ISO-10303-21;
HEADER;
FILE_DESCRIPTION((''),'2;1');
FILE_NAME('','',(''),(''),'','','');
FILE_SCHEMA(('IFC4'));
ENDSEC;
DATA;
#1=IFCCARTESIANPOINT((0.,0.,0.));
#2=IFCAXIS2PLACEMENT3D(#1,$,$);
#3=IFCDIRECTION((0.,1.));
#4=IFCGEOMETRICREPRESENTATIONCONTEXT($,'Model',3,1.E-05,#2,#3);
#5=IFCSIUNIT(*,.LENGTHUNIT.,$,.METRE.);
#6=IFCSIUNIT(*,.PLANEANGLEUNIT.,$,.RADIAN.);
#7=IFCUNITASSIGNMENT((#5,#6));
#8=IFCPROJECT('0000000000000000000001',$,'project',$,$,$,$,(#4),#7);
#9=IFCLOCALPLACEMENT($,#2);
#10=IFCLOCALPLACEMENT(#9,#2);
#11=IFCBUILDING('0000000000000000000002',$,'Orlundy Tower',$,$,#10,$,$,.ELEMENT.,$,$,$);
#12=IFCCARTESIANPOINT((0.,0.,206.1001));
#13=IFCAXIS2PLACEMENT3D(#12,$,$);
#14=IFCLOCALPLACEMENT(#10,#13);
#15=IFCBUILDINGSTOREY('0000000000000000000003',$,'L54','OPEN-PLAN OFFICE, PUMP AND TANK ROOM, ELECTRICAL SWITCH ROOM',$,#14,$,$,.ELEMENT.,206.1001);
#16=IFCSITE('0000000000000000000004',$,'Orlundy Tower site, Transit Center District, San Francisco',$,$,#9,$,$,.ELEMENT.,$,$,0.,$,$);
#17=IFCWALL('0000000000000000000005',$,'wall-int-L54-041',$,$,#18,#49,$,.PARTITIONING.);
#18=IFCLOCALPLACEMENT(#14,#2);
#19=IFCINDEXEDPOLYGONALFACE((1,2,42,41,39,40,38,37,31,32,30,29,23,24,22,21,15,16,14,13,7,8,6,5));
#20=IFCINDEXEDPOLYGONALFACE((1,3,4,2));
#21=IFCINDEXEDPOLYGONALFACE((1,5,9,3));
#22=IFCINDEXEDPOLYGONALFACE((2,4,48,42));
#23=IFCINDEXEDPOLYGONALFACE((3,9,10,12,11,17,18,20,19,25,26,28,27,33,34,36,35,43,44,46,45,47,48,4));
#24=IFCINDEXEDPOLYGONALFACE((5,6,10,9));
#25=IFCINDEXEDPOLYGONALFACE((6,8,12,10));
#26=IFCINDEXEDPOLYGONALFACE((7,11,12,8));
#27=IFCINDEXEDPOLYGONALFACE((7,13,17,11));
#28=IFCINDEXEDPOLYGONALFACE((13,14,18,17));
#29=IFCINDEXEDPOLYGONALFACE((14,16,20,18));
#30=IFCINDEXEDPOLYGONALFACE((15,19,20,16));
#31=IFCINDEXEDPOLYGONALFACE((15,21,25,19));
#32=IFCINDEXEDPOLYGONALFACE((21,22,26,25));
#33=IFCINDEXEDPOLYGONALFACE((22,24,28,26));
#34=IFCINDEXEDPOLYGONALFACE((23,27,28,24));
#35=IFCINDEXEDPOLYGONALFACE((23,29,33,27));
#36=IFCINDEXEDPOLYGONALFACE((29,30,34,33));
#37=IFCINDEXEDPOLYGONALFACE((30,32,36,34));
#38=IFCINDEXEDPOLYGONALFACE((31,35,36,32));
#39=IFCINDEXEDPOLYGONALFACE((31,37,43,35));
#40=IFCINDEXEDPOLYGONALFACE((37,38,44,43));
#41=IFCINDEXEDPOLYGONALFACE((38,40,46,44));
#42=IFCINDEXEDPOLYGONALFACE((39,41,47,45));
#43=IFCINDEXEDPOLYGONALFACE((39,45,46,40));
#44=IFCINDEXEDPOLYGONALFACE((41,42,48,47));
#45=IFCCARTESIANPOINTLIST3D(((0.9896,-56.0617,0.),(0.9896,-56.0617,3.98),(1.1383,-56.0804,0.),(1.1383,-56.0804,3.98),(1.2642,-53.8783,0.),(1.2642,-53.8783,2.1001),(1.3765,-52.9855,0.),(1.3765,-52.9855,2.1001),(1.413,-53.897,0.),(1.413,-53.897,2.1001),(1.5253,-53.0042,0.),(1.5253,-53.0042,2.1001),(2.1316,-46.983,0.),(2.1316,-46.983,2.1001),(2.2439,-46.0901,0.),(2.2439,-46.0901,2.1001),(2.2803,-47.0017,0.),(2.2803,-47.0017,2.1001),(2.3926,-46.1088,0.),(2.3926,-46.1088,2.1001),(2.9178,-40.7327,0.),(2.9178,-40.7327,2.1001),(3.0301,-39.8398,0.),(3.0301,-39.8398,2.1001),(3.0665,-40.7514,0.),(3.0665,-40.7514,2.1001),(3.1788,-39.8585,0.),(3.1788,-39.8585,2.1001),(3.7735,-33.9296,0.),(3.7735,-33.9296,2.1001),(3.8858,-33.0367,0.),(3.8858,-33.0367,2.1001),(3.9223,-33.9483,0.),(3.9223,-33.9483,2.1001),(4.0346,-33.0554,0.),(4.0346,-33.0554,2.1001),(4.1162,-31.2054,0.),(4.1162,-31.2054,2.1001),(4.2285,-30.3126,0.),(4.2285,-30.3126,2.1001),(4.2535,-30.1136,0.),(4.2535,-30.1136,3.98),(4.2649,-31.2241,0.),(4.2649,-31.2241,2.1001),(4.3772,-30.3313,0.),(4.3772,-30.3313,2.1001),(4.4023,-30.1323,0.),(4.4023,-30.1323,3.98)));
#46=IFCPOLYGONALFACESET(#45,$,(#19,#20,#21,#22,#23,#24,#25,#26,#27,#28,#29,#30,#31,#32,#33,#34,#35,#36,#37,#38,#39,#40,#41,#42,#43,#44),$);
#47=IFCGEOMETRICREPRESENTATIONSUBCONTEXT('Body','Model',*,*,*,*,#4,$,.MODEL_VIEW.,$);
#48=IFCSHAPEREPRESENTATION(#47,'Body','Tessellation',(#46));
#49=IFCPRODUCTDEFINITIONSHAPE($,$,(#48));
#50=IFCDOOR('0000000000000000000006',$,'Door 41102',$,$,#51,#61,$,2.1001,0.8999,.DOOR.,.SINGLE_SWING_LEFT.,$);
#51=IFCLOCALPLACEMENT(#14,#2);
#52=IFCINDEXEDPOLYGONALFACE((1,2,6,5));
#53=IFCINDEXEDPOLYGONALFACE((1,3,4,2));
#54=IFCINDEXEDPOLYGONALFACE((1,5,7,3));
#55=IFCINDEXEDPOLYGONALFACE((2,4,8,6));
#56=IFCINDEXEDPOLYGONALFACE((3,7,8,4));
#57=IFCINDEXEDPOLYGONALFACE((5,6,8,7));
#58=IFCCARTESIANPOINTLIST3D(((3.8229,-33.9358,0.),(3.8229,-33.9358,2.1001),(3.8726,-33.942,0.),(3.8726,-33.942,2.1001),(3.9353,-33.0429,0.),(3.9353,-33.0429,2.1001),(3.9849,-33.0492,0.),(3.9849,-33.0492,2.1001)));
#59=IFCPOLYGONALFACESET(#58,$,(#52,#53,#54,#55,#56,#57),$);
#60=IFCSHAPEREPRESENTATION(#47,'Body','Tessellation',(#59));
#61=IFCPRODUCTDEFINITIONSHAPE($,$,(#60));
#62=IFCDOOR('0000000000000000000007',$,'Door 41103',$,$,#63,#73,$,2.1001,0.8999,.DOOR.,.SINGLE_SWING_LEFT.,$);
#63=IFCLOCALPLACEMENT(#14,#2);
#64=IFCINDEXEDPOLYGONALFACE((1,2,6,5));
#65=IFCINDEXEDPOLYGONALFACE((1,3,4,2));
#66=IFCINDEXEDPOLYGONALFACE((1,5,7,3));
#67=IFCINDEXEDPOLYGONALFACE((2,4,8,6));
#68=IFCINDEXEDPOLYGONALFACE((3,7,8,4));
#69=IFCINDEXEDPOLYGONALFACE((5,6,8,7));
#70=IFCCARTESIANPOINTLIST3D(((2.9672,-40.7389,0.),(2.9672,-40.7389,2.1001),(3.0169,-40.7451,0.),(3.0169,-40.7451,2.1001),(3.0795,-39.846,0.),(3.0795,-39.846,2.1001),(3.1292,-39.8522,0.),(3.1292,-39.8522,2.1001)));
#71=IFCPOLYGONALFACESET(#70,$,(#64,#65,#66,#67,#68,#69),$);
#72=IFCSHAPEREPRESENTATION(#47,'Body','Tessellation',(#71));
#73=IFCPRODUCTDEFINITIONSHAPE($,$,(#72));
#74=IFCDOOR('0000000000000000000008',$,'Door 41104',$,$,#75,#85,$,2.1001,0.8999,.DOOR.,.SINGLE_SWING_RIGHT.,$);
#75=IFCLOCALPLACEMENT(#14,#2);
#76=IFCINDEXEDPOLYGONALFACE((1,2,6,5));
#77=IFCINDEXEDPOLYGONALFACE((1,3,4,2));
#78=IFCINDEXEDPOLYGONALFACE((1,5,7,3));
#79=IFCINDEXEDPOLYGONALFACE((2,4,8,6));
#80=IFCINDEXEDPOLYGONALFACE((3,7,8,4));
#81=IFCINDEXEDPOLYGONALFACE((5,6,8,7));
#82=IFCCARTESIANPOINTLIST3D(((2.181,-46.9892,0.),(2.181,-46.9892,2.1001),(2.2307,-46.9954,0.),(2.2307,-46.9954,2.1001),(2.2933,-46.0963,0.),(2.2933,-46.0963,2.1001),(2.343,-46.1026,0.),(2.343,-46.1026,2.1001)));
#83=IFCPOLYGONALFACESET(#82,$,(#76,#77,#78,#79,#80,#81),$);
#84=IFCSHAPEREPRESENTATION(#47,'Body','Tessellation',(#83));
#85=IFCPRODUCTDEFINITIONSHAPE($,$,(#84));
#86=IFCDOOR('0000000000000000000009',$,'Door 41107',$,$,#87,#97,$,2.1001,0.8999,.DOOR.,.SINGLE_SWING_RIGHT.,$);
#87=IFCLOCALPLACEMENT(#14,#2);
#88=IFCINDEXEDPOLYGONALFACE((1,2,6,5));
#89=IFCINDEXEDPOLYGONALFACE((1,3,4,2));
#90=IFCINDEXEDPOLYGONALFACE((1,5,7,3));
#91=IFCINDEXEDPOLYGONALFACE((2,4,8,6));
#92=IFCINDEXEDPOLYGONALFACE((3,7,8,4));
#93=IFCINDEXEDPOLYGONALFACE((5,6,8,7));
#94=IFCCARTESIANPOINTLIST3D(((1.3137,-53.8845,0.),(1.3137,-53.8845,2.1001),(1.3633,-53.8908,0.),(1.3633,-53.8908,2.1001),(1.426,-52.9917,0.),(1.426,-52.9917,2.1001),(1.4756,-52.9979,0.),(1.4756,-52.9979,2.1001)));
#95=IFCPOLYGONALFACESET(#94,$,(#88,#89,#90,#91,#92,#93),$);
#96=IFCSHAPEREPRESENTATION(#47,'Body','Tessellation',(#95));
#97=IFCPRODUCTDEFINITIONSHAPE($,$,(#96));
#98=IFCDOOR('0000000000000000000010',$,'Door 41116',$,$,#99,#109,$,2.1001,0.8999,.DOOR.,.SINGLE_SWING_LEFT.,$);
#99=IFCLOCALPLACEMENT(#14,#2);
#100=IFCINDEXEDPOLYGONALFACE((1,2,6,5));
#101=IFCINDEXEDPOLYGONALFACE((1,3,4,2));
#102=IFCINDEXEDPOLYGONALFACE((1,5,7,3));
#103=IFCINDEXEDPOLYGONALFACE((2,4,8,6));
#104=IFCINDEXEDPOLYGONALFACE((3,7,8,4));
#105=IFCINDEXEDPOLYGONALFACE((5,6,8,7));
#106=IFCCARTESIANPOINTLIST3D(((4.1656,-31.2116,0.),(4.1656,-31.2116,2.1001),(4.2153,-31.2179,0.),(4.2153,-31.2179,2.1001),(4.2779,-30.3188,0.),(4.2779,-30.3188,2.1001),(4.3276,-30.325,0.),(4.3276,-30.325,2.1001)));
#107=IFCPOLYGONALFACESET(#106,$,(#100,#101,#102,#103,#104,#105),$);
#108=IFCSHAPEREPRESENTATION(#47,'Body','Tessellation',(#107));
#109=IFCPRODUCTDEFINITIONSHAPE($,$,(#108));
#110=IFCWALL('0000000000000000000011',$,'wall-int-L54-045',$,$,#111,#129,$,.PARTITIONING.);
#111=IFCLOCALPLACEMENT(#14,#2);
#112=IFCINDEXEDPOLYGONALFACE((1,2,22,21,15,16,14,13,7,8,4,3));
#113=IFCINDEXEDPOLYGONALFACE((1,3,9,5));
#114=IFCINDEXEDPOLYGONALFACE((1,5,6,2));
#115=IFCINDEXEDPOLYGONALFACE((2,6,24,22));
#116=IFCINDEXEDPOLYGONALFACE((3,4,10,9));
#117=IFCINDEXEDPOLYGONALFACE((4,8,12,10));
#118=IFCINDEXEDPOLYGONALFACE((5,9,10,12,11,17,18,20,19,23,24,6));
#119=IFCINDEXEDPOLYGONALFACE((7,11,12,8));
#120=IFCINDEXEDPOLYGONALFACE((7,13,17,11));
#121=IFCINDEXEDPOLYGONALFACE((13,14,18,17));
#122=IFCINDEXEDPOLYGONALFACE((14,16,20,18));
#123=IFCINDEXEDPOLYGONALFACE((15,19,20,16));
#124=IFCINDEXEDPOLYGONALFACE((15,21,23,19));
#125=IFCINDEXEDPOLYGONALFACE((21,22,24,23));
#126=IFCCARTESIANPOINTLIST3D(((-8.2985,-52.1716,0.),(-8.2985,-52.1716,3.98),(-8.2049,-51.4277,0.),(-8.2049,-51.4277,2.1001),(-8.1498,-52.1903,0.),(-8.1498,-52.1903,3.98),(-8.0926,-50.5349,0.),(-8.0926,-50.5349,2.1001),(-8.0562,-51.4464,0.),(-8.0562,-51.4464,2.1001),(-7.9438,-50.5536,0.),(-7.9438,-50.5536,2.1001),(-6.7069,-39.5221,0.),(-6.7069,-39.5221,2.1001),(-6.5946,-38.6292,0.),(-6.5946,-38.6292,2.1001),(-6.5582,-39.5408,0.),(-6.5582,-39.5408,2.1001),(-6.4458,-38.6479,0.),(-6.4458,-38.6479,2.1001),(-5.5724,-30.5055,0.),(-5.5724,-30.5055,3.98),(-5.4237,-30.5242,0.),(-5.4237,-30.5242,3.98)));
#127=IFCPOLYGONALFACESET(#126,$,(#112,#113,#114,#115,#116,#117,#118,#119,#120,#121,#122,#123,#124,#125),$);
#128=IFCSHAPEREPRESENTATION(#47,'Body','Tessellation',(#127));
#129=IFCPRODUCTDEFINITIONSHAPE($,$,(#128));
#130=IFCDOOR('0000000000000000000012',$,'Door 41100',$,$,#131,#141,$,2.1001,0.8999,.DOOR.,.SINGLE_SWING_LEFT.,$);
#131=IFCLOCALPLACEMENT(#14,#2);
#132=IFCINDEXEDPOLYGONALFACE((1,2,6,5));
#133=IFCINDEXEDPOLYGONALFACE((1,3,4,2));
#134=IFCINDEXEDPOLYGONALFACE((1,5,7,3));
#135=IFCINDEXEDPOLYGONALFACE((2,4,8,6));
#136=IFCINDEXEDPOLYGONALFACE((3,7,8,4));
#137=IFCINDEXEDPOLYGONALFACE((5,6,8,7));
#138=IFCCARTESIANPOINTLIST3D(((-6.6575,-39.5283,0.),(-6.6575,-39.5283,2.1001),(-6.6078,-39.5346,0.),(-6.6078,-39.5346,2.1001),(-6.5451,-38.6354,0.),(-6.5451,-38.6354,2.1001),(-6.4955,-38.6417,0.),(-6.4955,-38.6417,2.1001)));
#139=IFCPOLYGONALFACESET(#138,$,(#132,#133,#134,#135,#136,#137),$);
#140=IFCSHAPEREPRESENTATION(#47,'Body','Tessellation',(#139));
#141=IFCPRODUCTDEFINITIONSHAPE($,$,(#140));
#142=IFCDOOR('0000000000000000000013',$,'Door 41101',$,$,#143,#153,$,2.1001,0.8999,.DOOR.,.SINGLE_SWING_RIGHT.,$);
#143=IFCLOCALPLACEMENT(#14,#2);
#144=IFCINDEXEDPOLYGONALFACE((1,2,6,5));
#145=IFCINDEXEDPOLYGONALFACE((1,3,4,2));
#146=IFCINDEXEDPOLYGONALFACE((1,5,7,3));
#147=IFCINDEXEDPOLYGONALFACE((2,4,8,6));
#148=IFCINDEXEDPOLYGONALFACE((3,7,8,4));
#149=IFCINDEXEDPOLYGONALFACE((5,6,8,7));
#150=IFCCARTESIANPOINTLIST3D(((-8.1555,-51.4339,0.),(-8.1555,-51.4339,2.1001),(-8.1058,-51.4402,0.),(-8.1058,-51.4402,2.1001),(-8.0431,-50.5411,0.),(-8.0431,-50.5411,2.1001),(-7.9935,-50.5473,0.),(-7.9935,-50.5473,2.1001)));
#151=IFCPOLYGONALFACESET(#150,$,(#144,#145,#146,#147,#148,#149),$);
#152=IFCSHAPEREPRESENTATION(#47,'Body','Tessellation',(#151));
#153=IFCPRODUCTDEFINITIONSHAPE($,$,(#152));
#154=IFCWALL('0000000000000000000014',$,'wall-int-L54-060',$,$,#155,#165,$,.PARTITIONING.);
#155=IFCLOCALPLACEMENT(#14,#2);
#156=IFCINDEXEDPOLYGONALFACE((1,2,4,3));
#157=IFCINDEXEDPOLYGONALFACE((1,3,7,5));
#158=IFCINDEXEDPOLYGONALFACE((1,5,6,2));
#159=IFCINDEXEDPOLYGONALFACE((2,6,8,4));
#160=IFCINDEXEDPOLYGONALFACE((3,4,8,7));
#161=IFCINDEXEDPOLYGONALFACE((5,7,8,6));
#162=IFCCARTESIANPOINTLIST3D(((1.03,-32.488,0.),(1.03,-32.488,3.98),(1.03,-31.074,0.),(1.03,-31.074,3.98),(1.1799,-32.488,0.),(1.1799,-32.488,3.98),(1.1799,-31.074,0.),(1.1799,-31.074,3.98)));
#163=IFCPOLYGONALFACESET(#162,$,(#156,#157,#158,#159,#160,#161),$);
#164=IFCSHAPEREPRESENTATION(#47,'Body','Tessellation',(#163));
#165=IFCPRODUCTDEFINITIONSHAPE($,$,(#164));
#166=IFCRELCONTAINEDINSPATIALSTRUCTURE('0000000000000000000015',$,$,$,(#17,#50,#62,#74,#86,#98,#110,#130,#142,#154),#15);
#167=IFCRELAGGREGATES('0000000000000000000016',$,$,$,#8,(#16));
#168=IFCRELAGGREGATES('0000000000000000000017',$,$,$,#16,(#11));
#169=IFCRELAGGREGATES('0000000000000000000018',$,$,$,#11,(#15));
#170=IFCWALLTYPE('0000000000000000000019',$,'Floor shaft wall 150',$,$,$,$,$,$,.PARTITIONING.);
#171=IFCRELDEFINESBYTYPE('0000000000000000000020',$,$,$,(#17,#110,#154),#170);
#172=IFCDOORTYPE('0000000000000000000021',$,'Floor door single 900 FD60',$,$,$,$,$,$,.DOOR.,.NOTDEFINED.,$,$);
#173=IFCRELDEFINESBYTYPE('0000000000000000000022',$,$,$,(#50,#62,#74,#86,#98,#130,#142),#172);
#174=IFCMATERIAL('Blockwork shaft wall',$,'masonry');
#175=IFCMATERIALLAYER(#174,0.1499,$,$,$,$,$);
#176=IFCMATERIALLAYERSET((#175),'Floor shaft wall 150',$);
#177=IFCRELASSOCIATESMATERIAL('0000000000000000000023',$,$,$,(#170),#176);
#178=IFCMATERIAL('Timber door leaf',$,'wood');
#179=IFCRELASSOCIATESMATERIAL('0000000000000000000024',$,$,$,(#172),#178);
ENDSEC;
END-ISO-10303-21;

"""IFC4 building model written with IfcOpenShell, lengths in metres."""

from ifc_helpers import new_model, si_unit, direction, frame, frame_2d, origin, place, context, subcontext, project, spatial, rectangle, extrude, material, layer, layer_set, type_object, element, fill, save


model = new_model("IFC4")

# Units and contexts
model_context = context("Model", 3, precision=1e-05, world=origin(), true_north=direction((0.0, 1.0)))
body_context = subcontext(model_context, "Body", "Model", "MODEL_VIEW")
ifc_project = project(units=[si_unit("LENGTHUNIT", "METRE"), si_unit("PLANEANGLEUNIT", "RADIAN")], contexts=[model_context])

# Site, building, storey
site_placement = place(None, origin())
site = spatial("IfcSite", under=ifc_project, at=site_placement, Name="Orlundy Tower site, Transit Center District, San Francisco", CompositionType="ELEMENT", RefElevation=0.0)
building_placement = place(site_placement, origin())
building = spatial("IfcBuilding", under=site, at=building_placement, Name="Orlundy Tower", CompositionType="ELEMENT")
storey_placement = place(building_placement, frame((0.0, 0.0, 206.1001)))
storey = spatial("IfcBuildingStorey", under=building, at=storey_placement, Name="L54", Description="OPEN-PLAN OFFICE, PUMP AND TANK ROOM, ELECTRICAL SWITCH ROOM", CompositionType="ELEMENT", Elevation=206.1001)

# Shared definitions
ifc_material_1 = material(Name="Blockwork shaft wall", Category="masonry")
ifc_layer = layer(ifc_material_1, 0.1499)
ifc_layer_set = layer_set([ifc_layer], Name="Floor shaft wall 150")
wall_type = type_object("IfcWallType", Name="Floor shaft wall 150", PredefinedType="PARTITIONING", material=ifc_layer_set)

# Walls, openings, doors
wall_1_placement = place(storey_placement, frame((4.3279, -30.123, 0.0), z_axis=(0.0, 0.0, 1.0), x_axis=(-0.124803, -0.992181, 0.0)))
wall_1 = element("IfcWall", 1, at=wall_1_placement, inside=storey, type_object=wall_type, Name="wall-int-L54-041", PredefinedType="PARTITIONING", context=body_context, shape_type="SweptSolid", body=[
    extrude(rectangle(XDim=26.1526, YDim=0.1499, at=frame_2d((13.0762, 0.0))), origin(), (0.0, 0.0, 1.0), 3.98),
])
opening_1_placement = place(wall_1_placement, frame((2.946, 0.0, 0.0)))
opening_1 = element("IfcOpeningElement", 2, at=opening_1_placement, cuts=wall_1, PredefinedType="OPENING", context=body_context, shape_type="SweptSolid", body=[
    extrude(rectangle(XDim=0.8999, YDim=2.1001, at=frame_2d((0.45, 1.05))), frame((0.0, 0.085, 0.0), z_axis=(0.0, -1.0, 0.0), x_axis=(1.0, 0.0, 0.0)), (0.0, 0.0, 1.0), 0.1699),
])
opening_2_placement = place(wall_1_placement, frame((9.8027, 0.0, 0.0)))
opening_2 = element("IfcOpeningElement", 3, at=opening_2_placement, cuts=wall_1, PredefinedType="OPENING", context=body_context, shape_type="SweptSolid", body=[
    extrude(rectangle(XDim=0.8999, YDim=2.1001, at=frame_2d((0.45, 1.05))), frame((0.0, 0.085, 0.0), z_axis=(0.0, -1.0, 0.0), x_axis=(1.0, 0.0, 0.0)), (0.0, 0.0, 1.0), 0.1699),
])
opening_3_placement = place(wall_1_placement, frame((16.1023, 0.0, 0.0)))
opening_3 = element("IfcOpeningElement", 4, at=opening_3_placement, cuts=wall_1, PredefinedType="OPENING", context=body_context, shape_type="SweptSolid", body=[
    extrude(rectangle(XDim=0.8999, YDim=2.1001, at=frame_2d((0.45, 1.05))), frame((0.0, 0.085, 0.0), z_axis=(0.0, -1.0, 0.0), x_axis=(1.0, 0.0, 0.0)), (0.0, 0.0, 1.0), 0.1699),
])
opening_4_placement = place(wall_1_placement, frame((23.052, 0.0, 0.0)))
opening_4 = element("IfcOpeningElement", 5, at=opening_4_placement, cuts=wall_1, PredefinedType="OPENING", context=body_context, shape_type="SweptSolid", body=[
    extrude(rectangle(XDim=0.8999, YDim=2.1001, at=frame_2d((0.45, 1.05))), frame((0.0, 0.085, 0.0), z_axis=(0.0, -1.0, 0.0), x_axis=(1.0, 0.0, 0.0)), (0.0, 0.0, 1.0), 0.1699),
])
opening_5_placement = place(wall_1_placement, frame((0.2004, 0.0, 0.0)))
opening_5 = element("IfcOpeningElement", 6, at=opening_5_placement, cuts=wall_1, PredefinedType="OPENING", context=body_context, shape_type="SweptSolid", body=[
    extrude(rectangle(XDim=0.8999, YDim=2.1001, at=frame_2d((0.45, 1.05))), frame((0.0, 0.085, 0.0), z_axis=(0.0, -1.0, 0.0), x_axis=(1.0, 0.0, 0.0)), (0.0, 0.0, 1.0), 0.1699),
])
ifc_material_2 = material(Name="Timber door leaf", Category="wood")
door_type = type_object("IfcDoorType", Name="Floor door single 900 FD60", OperationType="NOTDEFINED", PredefinedType="DOOR", material=ifc_material_2)
door_1_placement = place(opening_1_placement, origin())
door_1 = element("IfcDoor", 7, at=door_1_placement, inside=storey, type_object=door_type, Name="Door 41102", OperationType="SINGLE_SWING_LEFT", OverallHeight=2.1001, OverallWidth=0.8999, PredefinedType="DOOR", context=body_context, shape_type="SweptSolid", body=[
    extrude(rectangle(XDim=0.8999, YDim=2.1001, at=frame_2d((0.45, 1.05))), frame((0.0, 0.0249, 0.0), z_axis=(0.0, -1.0, 0.0), x_axis=(1.0, 0.0, 0.0)), (0.0, 0.0, 1.0), 0.05),
])
fill(opening_1, door_1)
door_2_placement = place(opening_2_placement, origin())
door_2 = element("IfcDoor", 8, at=door_2_placement, inside=storey, type_object=door_type, Name="Door 41103", OperationType="SINGLE_SWING_LEFT", OverallHeight=2.1001, OverallWidth=0.8999, PredefinedType="DOOR", context=body_context, shape_type="SweptSolid", body=[
    extrude(rectangle(XDim=0.8999, YDim=2.1001, at=frame_2d((0.45, 1.05))), frame((0.0, 0.0249, 0.0), z_axis=(0.0, -1.0, 0.0), x_axis=(1.0, 0.0, 0.0)), (0.0, 0.0, 1.0), 0.05),
])
fill(opening_2, door_2)
door_3_placement = place(opening_3_placement, origin())
door_3 = element("IfcDoor", 9, at=door_3_placement, inside=storey, type_object=door_type, Name="Door 41104", OperationType="SINGLE_SWING_RIGHT", OverallHeight=2.1001, OverallWidth=0.8999, PredefinedType="DOOR", context=body_context, shape_type="SweptSolid", body=[
    extrude(rectangle(XDim=0.8999, YDim=2.1001, at=frame_2d((0.45, 1.05))), frame((0.0, 0.0249, 0.0), z_axis=(0.0, -1.0, 0.0), x_axis=(1.0, 0.0, 0.0)), (0.0, 0.0, 1.0), 0.05),
])
fill(opening_3, door_3)
door_4_placement = place(opening_4_placement, origin())
door_4 = element("IfcDoor", 10, at=door_4_placement, inside=storey, type_object=door_type, Name="Door 41107", OperationType="SINGLE_SWING_RIGHT", OverallHeight=2.1001, OverallWidth=0.8999, PredefinedType="DOOR", context=body_context, shape_type="SweptSolid", body=[
    extrude(rectangle(XDim=0.8999, YDim=2.1001, at=frame_2d((0.45, 1.05))), frame((0.0, 0.0249, 0.0), z_axis=(0.0, -1.0, 0.0), x_axis=(1.0, 0.0, 0.0)), (0.0, 0.0, 1.0), 0.05),
])
fill(opening_4, door_4)
door_5_placement = place(opening_5_placement, origin())
door_5 = element("IfcDoor", 11, at=door_5_placement, inside=storey, type_object=door_type, Name="Door 41116", OperationType="SINGLE_SWING_LEFT", OverallHeight=2.1001, OverallWidth=0.8999, PredefinedType="DOOR", context=body_context, shape_type="SweptSolid", body=[
    extrude(rectangle(XDim=0.8999, YDim=2.1001, at=frame_2d((0.45, 1.05))), frame((0.0, 0.0249, 0.0), z_axis=(0.0, -1.0, 0.0), x_axis=(1.0, 0.0, 0.0)), (0.0, 0.0, 1.0), 0.05),
])
fill(opening_5, door_5)
wall_2_placement = place(storey_placement, frame((-5.498, -30.5149, 0.0), z_axis=(0.0, 0.0, 1.0), x_axis=(-0.124838, -0.992177, 0.0)))
wall_2 = element("IfcWall", 12, at=wall_2_placement, inside=storey, type_object=wall_type, Name="wall-int-L54-045", PredefinedType="PARTITIONING", context=body_context, shape_type="SweptSolid", body=[
    extrude(rectangle(XDim=21.8369, YDim=0.1499, at=frame_2d((10.9185, 0.0))), origin(), (0.0, 0.0, 1.0), 3.98),
])
opening_6_placement = place(wall_2_placement, frame((8.1877, 0.0, 0.0)))
opening_6 = element("IfcOpeningElement", 13, at=opening_6_placement, cuts=wall_2, PredefinedType="OPENING", context=body_context, shape_type="SweptSolid", body=[
    extrude(rectangle(XDim=0.8999, YDim=2.1001, at=frame_2d((0.45, 1.05))), frame((0.0, 0.085, 0.0), z_axis=(0.0, -1.0, 0.0), x_axis=(1.0, 0.0, 0.0)), (0.0, 0.0, 1.0), 0.1699),
])
opening_7_placement = place(wall_2_placement, frame((20.1873, 0.0, 0.0)))
opening_7 = element("IfcOpeningElement", 14, at=opening_7_placement, cuts=wall_2, PredefinedType="OPENING", context=body_context, shape_type="SweptSolid", body=[
    extrude(rectangle(XDim=0.8999, YDim=2.1001, at=frame_2d((0.45, 1.05))), frame((0.0, 0.085, 0.0), z_axis=(0.0, -1.0, 0.0), x_axis=(1.0, 0.0, 0.0)), (0.0, 0.0, 1.0), 0.1699),
])
door_6_placement = place(opening_6_placement, origin())
door_6 = element("IfcDoor", 15, at=door_6_placement, inside=storey, type_object=door_type, Name="Door 41100", OperationType="SINGLE_SWING_LEFT", OverallHeight=2.1001, OverallWidth=0.8999, PredefinedType="DOOR", context=body_context, shape_type="SweptSolid", body=[
    extrude(rectangle(XDim=0.8999, YDim=2.1001, at=frame_2d((0.45, 1.05))), frame((0.0, 0.0249, 0.0), z_axis=(0.0, -1.0, 0.0), x_axis=(1.0, 0.0, 0.0)), (0.0, 0.0, 1.0), 0.05),
])
fill(opening_6, door_6)
door_7_placement = place(opening_7_placement, origin())
door_7 = element("IfcDoor", 16, at=door_7_placement, inside=storey, type_object=door_type, Name="Door 41101", OperationType="SINGLE_SWING_RIGHT", OverallHeight=2.1001, OverallWidth=0.8999, PredefinedType="DOOR", context=body_context, shape_type="SweptSolid", body=[
    extrude(rectangle(XDim=0.8999, YDim=2.1001, at=frame_2d((0.45, 1.05))), frame((0.0, 0.0249, 0.0), z_axis=(0.0, -1.0, 0.0), x_axis=(1.0, 0.0, 0.0)), (0.0, 0.0, 1.0), 0.05),
])
fill(opening_7, door_7)

# Wall
wall_3_placement = place(storey_placement, frame((1.105, -32.488, 0.0), z_axis=(0.0, 0.0, 1.0), x_axis=(0.0, 1.0, 0.0)))
element("IfcWall", 17, at=wall_3_placement, inside=storey, type_object=wall_type, Name="wall-int-L54-060", PredefinedType="PARTITIONING", context=body_context, shape_type="SweptSolid", body=[
    extrude(rectangle(XDim=1.4141, YDim=0.1499, at=frame_2d((0.707, 0.0))), origin(), (0.0, 0.0, 1.0), 3.98),
])

save(model, "model.ifc")
